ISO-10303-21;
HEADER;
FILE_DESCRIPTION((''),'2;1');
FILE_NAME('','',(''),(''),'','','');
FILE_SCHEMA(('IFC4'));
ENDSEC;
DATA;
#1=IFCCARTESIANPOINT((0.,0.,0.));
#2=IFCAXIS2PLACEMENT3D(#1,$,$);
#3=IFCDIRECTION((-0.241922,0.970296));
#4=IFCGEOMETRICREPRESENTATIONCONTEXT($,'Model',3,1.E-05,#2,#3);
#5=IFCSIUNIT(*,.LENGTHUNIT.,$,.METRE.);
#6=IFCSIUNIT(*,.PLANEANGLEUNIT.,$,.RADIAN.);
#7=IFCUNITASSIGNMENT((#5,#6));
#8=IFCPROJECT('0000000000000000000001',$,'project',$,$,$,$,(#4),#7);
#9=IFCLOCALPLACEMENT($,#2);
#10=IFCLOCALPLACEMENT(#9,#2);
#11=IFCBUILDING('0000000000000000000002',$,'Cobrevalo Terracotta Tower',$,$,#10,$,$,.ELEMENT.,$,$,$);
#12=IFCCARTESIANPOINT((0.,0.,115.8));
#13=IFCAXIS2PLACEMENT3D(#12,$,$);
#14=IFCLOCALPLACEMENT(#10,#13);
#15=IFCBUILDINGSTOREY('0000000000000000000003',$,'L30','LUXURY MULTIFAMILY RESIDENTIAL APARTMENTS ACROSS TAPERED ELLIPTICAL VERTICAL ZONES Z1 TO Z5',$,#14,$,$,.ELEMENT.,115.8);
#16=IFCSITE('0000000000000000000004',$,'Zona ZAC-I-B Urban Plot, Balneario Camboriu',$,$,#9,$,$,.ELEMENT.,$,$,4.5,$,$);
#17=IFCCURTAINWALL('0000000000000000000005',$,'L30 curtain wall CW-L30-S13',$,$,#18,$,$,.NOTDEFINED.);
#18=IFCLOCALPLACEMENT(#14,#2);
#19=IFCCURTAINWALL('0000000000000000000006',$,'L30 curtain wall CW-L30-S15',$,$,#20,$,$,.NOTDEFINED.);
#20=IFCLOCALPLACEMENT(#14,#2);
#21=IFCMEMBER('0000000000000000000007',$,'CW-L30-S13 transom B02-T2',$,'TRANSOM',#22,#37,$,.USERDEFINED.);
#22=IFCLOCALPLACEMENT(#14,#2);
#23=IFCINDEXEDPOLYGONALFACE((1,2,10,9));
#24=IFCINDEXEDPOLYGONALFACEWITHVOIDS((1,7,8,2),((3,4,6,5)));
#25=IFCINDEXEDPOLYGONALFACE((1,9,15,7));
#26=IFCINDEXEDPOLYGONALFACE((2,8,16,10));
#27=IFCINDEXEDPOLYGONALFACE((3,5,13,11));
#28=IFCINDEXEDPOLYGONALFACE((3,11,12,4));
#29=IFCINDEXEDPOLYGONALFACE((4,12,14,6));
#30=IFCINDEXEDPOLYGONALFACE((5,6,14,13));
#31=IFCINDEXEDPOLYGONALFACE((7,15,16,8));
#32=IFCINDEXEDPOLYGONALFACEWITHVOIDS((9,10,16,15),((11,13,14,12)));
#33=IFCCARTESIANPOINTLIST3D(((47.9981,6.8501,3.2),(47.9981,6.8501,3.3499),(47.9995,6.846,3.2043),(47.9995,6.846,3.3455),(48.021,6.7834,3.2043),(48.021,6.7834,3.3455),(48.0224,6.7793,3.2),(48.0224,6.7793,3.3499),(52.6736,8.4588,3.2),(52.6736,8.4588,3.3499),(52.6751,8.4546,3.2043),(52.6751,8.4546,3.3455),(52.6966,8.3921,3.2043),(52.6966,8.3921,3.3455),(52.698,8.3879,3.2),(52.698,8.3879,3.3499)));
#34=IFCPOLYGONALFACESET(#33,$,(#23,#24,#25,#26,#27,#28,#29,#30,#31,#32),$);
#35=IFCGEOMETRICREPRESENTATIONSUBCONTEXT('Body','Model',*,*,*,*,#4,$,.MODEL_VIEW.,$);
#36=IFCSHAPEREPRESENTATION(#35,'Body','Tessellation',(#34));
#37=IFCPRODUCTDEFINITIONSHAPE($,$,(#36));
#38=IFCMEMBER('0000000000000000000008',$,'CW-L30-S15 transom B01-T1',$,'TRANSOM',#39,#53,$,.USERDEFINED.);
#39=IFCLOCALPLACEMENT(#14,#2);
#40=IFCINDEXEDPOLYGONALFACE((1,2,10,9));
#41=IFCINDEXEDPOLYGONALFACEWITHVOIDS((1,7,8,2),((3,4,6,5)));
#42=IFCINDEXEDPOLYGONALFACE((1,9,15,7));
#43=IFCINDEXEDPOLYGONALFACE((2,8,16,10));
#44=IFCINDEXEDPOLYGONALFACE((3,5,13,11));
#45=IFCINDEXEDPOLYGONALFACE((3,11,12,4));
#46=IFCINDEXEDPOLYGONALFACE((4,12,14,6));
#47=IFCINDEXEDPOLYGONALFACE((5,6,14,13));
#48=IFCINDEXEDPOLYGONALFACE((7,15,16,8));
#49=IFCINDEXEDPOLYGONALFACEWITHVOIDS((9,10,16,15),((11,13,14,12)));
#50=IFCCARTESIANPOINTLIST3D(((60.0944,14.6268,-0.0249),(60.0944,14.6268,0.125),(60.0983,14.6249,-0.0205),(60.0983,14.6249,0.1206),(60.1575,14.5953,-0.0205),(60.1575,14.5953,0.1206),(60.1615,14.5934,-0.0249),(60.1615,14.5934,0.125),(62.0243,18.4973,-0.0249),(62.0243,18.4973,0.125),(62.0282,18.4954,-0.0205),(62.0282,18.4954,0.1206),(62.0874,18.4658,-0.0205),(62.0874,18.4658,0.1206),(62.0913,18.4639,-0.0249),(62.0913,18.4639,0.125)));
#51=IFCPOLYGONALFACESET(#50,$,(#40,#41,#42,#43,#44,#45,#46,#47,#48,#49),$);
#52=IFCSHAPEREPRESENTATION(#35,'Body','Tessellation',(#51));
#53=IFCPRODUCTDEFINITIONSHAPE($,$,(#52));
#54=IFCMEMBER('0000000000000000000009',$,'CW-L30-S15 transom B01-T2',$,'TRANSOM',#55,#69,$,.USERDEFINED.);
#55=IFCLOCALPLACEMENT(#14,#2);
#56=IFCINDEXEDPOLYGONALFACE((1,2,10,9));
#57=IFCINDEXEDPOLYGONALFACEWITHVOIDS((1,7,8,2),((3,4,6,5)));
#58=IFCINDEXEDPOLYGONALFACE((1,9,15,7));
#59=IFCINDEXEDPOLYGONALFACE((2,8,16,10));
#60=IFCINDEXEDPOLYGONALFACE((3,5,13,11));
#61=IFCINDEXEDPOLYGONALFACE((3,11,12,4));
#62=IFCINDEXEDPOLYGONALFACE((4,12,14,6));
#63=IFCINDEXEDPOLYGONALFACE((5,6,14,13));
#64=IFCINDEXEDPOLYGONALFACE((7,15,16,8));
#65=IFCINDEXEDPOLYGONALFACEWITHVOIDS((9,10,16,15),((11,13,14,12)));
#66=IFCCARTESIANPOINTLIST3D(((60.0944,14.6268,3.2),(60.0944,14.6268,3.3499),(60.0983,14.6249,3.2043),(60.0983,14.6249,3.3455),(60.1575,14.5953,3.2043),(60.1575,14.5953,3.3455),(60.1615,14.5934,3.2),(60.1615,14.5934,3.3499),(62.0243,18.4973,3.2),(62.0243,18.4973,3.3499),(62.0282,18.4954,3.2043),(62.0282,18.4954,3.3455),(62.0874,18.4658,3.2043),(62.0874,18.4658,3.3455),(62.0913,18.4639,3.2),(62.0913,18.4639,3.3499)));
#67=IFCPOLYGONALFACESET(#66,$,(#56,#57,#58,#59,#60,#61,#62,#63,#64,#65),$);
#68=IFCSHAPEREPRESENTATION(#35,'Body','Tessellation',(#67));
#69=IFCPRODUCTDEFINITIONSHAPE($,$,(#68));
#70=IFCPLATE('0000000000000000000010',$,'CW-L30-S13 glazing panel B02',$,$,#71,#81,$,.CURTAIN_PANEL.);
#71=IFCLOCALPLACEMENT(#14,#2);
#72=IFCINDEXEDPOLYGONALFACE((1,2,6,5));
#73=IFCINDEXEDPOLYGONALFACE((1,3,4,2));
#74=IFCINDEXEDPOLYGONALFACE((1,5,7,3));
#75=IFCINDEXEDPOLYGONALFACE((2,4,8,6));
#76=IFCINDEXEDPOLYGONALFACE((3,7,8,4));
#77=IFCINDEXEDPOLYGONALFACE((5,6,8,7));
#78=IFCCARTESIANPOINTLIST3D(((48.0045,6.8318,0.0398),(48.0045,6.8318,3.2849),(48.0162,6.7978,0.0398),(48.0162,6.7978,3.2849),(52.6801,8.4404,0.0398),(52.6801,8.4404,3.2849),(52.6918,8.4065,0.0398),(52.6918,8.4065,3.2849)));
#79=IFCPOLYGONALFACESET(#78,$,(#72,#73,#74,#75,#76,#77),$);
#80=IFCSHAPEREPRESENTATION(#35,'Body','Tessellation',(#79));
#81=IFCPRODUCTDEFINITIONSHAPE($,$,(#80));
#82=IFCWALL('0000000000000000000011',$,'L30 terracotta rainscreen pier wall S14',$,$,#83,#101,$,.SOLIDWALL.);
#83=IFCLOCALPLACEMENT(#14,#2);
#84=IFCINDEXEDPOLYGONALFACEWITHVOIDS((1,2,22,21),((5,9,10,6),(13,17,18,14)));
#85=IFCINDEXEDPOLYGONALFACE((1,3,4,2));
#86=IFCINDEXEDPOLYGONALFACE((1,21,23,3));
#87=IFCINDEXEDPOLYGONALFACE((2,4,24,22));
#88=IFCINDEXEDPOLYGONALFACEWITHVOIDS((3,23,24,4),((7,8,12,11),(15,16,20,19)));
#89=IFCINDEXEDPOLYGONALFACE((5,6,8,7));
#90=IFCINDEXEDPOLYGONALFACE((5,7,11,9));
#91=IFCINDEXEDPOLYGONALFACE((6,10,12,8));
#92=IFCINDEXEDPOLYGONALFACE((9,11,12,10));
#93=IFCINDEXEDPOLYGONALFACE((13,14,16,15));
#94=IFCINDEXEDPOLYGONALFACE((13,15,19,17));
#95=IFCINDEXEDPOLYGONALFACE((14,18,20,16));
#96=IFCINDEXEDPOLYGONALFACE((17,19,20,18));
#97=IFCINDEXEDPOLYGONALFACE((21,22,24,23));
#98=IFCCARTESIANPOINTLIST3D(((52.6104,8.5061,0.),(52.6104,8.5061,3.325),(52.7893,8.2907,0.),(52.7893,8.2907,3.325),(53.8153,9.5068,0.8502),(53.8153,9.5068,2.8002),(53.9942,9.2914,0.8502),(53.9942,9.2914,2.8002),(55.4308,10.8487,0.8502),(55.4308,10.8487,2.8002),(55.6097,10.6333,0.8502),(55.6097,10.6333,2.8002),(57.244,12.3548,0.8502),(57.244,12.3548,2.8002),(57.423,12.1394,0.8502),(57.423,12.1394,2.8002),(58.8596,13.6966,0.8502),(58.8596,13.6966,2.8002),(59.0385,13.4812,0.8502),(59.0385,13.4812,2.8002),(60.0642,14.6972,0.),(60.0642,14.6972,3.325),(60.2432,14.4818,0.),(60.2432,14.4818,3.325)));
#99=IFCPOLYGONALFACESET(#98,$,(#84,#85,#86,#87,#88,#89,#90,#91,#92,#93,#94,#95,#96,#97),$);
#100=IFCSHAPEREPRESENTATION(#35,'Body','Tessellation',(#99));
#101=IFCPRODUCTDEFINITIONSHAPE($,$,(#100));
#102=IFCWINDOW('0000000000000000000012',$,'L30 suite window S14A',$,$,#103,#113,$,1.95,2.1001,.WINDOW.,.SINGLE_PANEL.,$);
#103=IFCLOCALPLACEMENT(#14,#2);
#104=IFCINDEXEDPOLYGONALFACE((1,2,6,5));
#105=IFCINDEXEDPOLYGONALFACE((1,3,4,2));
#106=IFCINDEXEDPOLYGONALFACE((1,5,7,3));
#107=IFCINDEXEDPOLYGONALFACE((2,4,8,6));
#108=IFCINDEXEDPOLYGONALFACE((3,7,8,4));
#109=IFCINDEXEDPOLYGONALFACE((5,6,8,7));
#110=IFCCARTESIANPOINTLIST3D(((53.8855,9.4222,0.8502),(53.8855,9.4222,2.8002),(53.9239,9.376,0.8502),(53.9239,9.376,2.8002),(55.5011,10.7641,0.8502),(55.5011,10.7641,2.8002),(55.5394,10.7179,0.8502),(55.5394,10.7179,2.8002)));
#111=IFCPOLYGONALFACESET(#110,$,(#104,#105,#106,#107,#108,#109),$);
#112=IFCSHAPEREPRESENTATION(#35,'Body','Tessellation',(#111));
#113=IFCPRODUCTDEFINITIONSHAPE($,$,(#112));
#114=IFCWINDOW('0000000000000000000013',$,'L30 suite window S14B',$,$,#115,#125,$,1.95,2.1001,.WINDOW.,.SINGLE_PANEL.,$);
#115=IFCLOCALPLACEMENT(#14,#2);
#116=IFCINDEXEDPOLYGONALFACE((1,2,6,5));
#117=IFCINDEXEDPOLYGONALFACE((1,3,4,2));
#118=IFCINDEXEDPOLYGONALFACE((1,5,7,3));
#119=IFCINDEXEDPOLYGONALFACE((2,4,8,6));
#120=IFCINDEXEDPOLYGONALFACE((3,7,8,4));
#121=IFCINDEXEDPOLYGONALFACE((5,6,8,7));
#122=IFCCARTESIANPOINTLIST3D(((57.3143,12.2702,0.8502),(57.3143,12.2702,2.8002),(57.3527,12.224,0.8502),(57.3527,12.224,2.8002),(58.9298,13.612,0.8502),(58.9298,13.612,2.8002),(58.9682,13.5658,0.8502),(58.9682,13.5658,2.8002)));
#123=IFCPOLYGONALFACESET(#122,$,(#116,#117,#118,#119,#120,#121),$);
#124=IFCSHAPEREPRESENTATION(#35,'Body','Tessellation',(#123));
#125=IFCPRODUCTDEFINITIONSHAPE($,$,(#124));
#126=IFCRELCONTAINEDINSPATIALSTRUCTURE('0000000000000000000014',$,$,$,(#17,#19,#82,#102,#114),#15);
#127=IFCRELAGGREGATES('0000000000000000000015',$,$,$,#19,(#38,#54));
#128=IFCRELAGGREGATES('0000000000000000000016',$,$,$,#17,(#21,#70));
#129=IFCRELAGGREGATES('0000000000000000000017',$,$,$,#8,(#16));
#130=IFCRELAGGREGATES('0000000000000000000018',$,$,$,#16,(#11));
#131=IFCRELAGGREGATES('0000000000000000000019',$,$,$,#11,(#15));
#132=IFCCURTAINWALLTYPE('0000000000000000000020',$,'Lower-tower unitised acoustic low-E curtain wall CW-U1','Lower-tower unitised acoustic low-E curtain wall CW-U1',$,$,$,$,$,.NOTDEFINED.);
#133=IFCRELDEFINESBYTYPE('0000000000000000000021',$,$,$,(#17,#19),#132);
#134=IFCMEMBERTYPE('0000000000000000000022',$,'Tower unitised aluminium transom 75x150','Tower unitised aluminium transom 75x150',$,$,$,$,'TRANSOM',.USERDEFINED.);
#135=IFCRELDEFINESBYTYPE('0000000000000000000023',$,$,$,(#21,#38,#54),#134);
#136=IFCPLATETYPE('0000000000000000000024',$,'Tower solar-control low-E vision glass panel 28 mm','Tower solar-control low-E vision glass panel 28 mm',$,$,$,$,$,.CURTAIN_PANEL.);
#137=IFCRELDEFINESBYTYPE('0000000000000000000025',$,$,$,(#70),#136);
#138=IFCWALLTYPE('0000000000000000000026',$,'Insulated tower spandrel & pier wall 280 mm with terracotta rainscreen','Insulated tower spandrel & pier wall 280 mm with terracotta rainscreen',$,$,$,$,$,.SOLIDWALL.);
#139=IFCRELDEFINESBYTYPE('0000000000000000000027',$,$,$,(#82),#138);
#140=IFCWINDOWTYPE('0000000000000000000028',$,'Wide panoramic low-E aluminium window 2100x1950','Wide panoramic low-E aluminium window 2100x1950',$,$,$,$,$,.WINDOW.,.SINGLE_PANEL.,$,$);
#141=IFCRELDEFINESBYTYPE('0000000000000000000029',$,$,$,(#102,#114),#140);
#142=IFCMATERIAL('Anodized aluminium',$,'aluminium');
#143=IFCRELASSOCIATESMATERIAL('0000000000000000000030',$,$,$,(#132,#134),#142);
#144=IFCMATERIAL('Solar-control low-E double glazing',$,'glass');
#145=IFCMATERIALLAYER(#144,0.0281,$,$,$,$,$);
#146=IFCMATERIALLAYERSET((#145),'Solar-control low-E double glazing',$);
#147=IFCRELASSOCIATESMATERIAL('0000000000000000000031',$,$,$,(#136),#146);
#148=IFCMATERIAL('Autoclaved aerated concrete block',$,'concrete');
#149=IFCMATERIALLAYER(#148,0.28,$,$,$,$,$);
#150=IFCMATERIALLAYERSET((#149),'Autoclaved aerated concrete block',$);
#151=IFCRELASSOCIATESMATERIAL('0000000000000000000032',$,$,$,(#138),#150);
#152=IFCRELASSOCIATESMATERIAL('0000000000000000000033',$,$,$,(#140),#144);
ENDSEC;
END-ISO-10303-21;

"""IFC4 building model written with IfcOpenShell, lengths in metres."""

from ifc_helpers import new_model, si_unit, direction, frame, frame_2d, origin, origin_2d, place, context, subcontext, project, spatial, rectangle, hollow_rectangle, extrude, source, transform, mapped, material, layer, layer_set, material_profile, profile_set, type_object, element, fill, aggregate, save


model = new_model("IFC4")

# Units and contexts
model_context = context("Model", 3, precision=1e-05, world=origin(), true_north=direction((-0.241922, 0.970296)))
body_context = subcontext(model_context, "Body", "Model", "MODEL_VIEW")
ifc_project = project(units=[si_unit("LENGTHUNIT", "METRE"), si_unit("PLANEANGLEUNIT", "RADIAN")], contexts=[model_context])

# Site, building, storey
site_placement = place(None, origin())
site = spatial("IfcSite", under=ifc_project, at=site_placement, Name="Zona ZAC-I-B Urban Plot, Balneario Camboriu", CompositionType="ELEMENT", RefElevation=4.5)
building_placement = place(site_placement, origin())
building = spatial("IfcBuilding", under=site, at=building_placement, Name="Cobrevalo Terracotta Tower", CompositionType="ELEMENT")
storey_placement = place(building_placement, frame((0.0, 0.0, 115.8)))
storey = spatial("IfcBuildingStorey", under=building, at=storey_placement, Name="L30", Description="LUXURY MULTIFAMILY RESIDENTIAL APARTMENTS ACROSS TAPERED ELLIPTICAL VERTICAL ZONES Z1 TO Z5", CompositionType="ELEMENT", Elevation=115.8)

# Curtain wall
ifc_material_1 = material(Name="Anodized aluminium", Category="aluminium")
curtain_wall_type = type_object("IfcCurtainWallType", Name="Lower-tower unitised acoustic low-E curtain wall CW-U1", Description="Lower-tower unitised acoustic low-E curtain wall CW-U1", PredefinedType="NOTDEFINED", material=ifc_material_1)
curtain_wall_1_placement = place(storey_placement, origin())
curtain_wall_1 = element("IfcCurtainWall", 1, at=curtain_wall_1_placement, inside=storey, type_object=curtain_wall_type, Name="L30 curtain wall CW-L30-S13", PredefinedType="NOTDEFINED")

# Curtain wall
curtain_wall_2_placement = place(storey_placement, origin())
curtain_wall_2 = element("IfcCurtainWall", 2, at=curtain_wall_2_placement, inside=storey, type_object=curtain_wall_type, Name="L30 curtain wall CW-L30-S15", PredefinedType="NOTDEFINED")

# Members
ifc_material_profile_1 = material_profile(ifc_material_1, hollow_rectangle(XDim=0.075, YDim=0.1499, WallThickness=0.0044, at=origin_2d()), Name="CWT 75x150")
ifc_profile_set_1 = profile_set([ifc_material_profile_1], Name="Anodized aluminium")
member_type_1 = type_object("IfcMemberType", Name="Tower unitised aluminium transom 75x150", Description="Tower unitised aluminium transom 75x150", ElementType="TRANSOM", PredefinedType="USERDEFINED", material=ifc_profile_set_1)
shared_shape_1 = source(origin(), body_context, "Body", "SweptSolid", [
    extrude(hollow_rectangle(XDim=0.075, YDim=0.1499, WallThickness=0.0044, at=origin_2d()), origin(), (0.0, 0.0, 1.0), 4.9446),
])
member_1_placement = place(storey_placement, frame((48.0103, 6.8147, 3.2749), z_axis=(0.945598, 0.325338, 0.0), x_axis=(-0.325338, 0.945598, 0.0)))
member_1 = element("IfcMember", 3, at=member_1_placement, type_object=member_type_1, Name="CW-L30-S13 transom B02-T2", ObjectType="TRANSOM", PredefinedType="USERDEFINED", context=body_context, shape_type="MappedRepresentation", body=[
    mapped(shared_shape_1, transform((0.0, 0.0, 0.0), scale=1.0)),
])
shared_shape_2 = source(origin(), body_context, "Body", "SweptSolid", [
    extrude(hollow_rectangle(XDim=0.075, YDim=0.1499, WallThickness=0.0044, at=origin_2d()), origin(), (0.0, 0.0, 1.0), 4.325),
])
member_2_placement = place(storey_placement, frame((60.1279, 14.6101, 0.05), z_axis=(0.44622, 0.894923, 0.0), x_axis=(-0.894923, 0.44622, 0.0)))
member_2 = element("IfcMember", 4, at=member_2_placement, type_object=member_type_1, Name="CW-L30-S15 transom B01-T1", ObjectType="TRANSOM", PredefinedType="USERDEFINED", context=body_context, shape_type="MappedRepresentation", body=[
    mapped(shared_shape_2, transform((0.0, 0.0, 0.0), scale=1.0)),
])
member_3_placement = place(storey_placement, frame((60.1279, 14.6101, 3.2749), z_axis=(0.44622, 0.894923, 0.0), x_axis=(-0.894923, 0.44622, 0.0)))
member_3 = element("IfcMember", 5, at=member_3_placement, type_object=member_type_1, Name="CW-L30-S15 transom B01-T2", ObjectType="TRANSOM", PredefinedType="USERDEFINED", context=body_context, shape_type="MappedRepresentation", body=[
    mapped(shared_shape_2, transform((0.0, 0.0, 0.0), scale=1.0)),
])
aggregate(curtain_wall_2, [member_2, member_3])

# Plate
ifc_material_2 = material(Name="Solar-control low-E double glazing", Category="glass")
ifc_layer_1 = layer(ifc_material_2, 0.0281)
ifc_layer_set_1 = layer_set([ifc_layer_1], Name="Solar-control low-E double glazing")
plate_type = type_object("IfcPlateType", Name="Tower solar-control low-E vision glass panel 28 mm", Description="Tower solar-control low-E vision glass panel 28 mm", PredefinedType="CURTAIN_PANEL", material=ifc_layer_set_1)
shared_shape_3 = source(origin(), body_context, "Body", "SweptSolid", [
    extrude(rectangle(XDim=4.9446, YDim=0.0359, at=origin_2d()), origin(), (0.0, 0.0, 1.0), 3.2451),
])
plate_placement = place(storey_placement, frame((50.3481, 7.6191, 0.0398), z_axis=(0.0, 0.0, 1.0), x_axis=(0.945596, 0.325342, 0.0)))
plate = element("IfcPlate", 6, at=plate_placement, type_object=plate_type, Name="CW-L30-S13 glazing panel B02", PredefinedType="CURTAIN_PANEL", context=body_context, shape_type="MappedRepresentation", body=[
    mapped(shared_shape_3, transform((0.0, 0.0, 0.0), scale=1.0)),
])
aggregate(curtain_wall_1, [member_1, plate])

# Wall, openings, windows
ifc_material_3 = material(Name="Autoclaved aerated concrete block", Category="concrete")
ifc_layer_2 = layer(ifc_material_3, 0.28)
ifc_layer_set_2 = layer_set([ifc_layer_2], Name="Autoclaved aerated concrete block")
wall_type_1 = type_object("IfcWallType", Name="Insulated tower spandrel & pier wall 280 mm with terracotta rainscreen", Description="Insulated tower spandrel & pier wall 280 mm with terracotta rainscreen", PredefinedType="SOLIDWALL", material=ifc_layer_set_2)
wall_1_placement = place(storey_placement, frame((52.7, 8.3984, 0.0), z_axis=(0.0, 0.0, 1.0), x_axis=(0.769255, 0.638942, 0.0)))
wall_1 = element("IfcWall", 7, at=wall_1_placement, inside=storey, type_object=wall_type_1, Name="L30 terracotta rainscreen pier wall S14", PredefinedType="SOLIDWALL", context=body_context, shape_type="SweptSolid", body=[
    extrude(rectangle(XDim=9.6897, YDim=0.28, at=frame_2d((4.8447, 0.0))), origin(), (0.0, 0.0, 1.0), 3.325),
])
opening_1_placement = place(wall_1_placement, frame((1.5662, 0.0, 0.8501)))
opening_1 = element("IfcOpeningElement", 8, at=opening_1_placement, cuts=wall_1, PredefinedType="OPENING", context=body_context, shape_type="SweptSolid", body=[
    extrude(rectangle(XDim=2.1001, YDim=1.95, at=frame_2d((1.05, 0.9751))), frame((0.0, 0.1499, 0.0), z_axis=(0.0, -1.0, 0.0), x_axis=(1.0, 0.0, 0.0)), (0.0, 0.0, 1.0), 0.3),
])
opening_2_placement = place(wall_1_placement, frame((6.0234, 0.0, 0.8501)))
opening_2 = element("IfcOpeningElement", 9, at=opening_2_placement, cuts=wall_1, PredefinedType="OPENING", context=body_context, shape_type="SweptSolid", body=[
    extrude(rectangle(XDim=2.1001, YDim=1.95, at=frame_2d((1.05, 0.9751))), frame((0.0, 0.1499, 0.0), z_axis=(0.0, -1.0, 0.0), x_axis=(1.0, 0.0, 0.0)), (0.0, 0.0, 1.0), 0.3),
])
window_type = type_object("IfcWindowType", Name="Wide panoramic low-E aluminium window 2100x1950", Description="Wide panoramic low-E aluminium window 2100x1950", PartitioningType="SINGLE_PANEL", PredefinedType="WINDOW", material=ifc_material_2)
shared_shape_4 = source(origin(), body_context, "Body", "SweptSolid", [
    extrude(rectangle(XDim=2.1001, YDim=1.95, at=frame_2d((1.05, 0.9751))), frame((0.0, 0.03, 0.0), z_axis=(0.0, -1.0, 0.0), x_axis=(1.0, 0.0, 0.0)), (0.0, 0.0, 1.0), 0.0601),
])
window_1_placement = place(opening_1_placement, origin())
window_1 = element("IfcWindow", 10, at=window_1_placement, inside=storey, type_object=window_type, Name="L30 suite window S14A", OverallHeight=1.95, OverallWidth=2.1001, PartitioningType="SINGLE_PANEL", PredefinedType="WINDOW", context=body_context, shape_type="MappedRepresentation", body=[
    mapped(shared_shape_4, transform((0.0, 0.0, 0.0), scale=1.0)),
])
fill(opening_1, window_1)
window_2_placement = place(opening_2_placement, origin())
window_2 = element("IfcWindow", 11, at=window_2_placement, inside=storey, type_object=window_type, Name="L30 suite window S14B", OverallHeight=1.95, OverallWidth=2.1001, PartitioningType="SINGLE_PANEL", PredefinedType="WINDOW", context=body_context, shape_type="MappedRepresentation", body=[
    mapped(shared_shape_4, transform((0.0, 0.0, 0.0), scale=1.0)),
])
fill(opening_2, window_2)

save(model, "model.ifc")
